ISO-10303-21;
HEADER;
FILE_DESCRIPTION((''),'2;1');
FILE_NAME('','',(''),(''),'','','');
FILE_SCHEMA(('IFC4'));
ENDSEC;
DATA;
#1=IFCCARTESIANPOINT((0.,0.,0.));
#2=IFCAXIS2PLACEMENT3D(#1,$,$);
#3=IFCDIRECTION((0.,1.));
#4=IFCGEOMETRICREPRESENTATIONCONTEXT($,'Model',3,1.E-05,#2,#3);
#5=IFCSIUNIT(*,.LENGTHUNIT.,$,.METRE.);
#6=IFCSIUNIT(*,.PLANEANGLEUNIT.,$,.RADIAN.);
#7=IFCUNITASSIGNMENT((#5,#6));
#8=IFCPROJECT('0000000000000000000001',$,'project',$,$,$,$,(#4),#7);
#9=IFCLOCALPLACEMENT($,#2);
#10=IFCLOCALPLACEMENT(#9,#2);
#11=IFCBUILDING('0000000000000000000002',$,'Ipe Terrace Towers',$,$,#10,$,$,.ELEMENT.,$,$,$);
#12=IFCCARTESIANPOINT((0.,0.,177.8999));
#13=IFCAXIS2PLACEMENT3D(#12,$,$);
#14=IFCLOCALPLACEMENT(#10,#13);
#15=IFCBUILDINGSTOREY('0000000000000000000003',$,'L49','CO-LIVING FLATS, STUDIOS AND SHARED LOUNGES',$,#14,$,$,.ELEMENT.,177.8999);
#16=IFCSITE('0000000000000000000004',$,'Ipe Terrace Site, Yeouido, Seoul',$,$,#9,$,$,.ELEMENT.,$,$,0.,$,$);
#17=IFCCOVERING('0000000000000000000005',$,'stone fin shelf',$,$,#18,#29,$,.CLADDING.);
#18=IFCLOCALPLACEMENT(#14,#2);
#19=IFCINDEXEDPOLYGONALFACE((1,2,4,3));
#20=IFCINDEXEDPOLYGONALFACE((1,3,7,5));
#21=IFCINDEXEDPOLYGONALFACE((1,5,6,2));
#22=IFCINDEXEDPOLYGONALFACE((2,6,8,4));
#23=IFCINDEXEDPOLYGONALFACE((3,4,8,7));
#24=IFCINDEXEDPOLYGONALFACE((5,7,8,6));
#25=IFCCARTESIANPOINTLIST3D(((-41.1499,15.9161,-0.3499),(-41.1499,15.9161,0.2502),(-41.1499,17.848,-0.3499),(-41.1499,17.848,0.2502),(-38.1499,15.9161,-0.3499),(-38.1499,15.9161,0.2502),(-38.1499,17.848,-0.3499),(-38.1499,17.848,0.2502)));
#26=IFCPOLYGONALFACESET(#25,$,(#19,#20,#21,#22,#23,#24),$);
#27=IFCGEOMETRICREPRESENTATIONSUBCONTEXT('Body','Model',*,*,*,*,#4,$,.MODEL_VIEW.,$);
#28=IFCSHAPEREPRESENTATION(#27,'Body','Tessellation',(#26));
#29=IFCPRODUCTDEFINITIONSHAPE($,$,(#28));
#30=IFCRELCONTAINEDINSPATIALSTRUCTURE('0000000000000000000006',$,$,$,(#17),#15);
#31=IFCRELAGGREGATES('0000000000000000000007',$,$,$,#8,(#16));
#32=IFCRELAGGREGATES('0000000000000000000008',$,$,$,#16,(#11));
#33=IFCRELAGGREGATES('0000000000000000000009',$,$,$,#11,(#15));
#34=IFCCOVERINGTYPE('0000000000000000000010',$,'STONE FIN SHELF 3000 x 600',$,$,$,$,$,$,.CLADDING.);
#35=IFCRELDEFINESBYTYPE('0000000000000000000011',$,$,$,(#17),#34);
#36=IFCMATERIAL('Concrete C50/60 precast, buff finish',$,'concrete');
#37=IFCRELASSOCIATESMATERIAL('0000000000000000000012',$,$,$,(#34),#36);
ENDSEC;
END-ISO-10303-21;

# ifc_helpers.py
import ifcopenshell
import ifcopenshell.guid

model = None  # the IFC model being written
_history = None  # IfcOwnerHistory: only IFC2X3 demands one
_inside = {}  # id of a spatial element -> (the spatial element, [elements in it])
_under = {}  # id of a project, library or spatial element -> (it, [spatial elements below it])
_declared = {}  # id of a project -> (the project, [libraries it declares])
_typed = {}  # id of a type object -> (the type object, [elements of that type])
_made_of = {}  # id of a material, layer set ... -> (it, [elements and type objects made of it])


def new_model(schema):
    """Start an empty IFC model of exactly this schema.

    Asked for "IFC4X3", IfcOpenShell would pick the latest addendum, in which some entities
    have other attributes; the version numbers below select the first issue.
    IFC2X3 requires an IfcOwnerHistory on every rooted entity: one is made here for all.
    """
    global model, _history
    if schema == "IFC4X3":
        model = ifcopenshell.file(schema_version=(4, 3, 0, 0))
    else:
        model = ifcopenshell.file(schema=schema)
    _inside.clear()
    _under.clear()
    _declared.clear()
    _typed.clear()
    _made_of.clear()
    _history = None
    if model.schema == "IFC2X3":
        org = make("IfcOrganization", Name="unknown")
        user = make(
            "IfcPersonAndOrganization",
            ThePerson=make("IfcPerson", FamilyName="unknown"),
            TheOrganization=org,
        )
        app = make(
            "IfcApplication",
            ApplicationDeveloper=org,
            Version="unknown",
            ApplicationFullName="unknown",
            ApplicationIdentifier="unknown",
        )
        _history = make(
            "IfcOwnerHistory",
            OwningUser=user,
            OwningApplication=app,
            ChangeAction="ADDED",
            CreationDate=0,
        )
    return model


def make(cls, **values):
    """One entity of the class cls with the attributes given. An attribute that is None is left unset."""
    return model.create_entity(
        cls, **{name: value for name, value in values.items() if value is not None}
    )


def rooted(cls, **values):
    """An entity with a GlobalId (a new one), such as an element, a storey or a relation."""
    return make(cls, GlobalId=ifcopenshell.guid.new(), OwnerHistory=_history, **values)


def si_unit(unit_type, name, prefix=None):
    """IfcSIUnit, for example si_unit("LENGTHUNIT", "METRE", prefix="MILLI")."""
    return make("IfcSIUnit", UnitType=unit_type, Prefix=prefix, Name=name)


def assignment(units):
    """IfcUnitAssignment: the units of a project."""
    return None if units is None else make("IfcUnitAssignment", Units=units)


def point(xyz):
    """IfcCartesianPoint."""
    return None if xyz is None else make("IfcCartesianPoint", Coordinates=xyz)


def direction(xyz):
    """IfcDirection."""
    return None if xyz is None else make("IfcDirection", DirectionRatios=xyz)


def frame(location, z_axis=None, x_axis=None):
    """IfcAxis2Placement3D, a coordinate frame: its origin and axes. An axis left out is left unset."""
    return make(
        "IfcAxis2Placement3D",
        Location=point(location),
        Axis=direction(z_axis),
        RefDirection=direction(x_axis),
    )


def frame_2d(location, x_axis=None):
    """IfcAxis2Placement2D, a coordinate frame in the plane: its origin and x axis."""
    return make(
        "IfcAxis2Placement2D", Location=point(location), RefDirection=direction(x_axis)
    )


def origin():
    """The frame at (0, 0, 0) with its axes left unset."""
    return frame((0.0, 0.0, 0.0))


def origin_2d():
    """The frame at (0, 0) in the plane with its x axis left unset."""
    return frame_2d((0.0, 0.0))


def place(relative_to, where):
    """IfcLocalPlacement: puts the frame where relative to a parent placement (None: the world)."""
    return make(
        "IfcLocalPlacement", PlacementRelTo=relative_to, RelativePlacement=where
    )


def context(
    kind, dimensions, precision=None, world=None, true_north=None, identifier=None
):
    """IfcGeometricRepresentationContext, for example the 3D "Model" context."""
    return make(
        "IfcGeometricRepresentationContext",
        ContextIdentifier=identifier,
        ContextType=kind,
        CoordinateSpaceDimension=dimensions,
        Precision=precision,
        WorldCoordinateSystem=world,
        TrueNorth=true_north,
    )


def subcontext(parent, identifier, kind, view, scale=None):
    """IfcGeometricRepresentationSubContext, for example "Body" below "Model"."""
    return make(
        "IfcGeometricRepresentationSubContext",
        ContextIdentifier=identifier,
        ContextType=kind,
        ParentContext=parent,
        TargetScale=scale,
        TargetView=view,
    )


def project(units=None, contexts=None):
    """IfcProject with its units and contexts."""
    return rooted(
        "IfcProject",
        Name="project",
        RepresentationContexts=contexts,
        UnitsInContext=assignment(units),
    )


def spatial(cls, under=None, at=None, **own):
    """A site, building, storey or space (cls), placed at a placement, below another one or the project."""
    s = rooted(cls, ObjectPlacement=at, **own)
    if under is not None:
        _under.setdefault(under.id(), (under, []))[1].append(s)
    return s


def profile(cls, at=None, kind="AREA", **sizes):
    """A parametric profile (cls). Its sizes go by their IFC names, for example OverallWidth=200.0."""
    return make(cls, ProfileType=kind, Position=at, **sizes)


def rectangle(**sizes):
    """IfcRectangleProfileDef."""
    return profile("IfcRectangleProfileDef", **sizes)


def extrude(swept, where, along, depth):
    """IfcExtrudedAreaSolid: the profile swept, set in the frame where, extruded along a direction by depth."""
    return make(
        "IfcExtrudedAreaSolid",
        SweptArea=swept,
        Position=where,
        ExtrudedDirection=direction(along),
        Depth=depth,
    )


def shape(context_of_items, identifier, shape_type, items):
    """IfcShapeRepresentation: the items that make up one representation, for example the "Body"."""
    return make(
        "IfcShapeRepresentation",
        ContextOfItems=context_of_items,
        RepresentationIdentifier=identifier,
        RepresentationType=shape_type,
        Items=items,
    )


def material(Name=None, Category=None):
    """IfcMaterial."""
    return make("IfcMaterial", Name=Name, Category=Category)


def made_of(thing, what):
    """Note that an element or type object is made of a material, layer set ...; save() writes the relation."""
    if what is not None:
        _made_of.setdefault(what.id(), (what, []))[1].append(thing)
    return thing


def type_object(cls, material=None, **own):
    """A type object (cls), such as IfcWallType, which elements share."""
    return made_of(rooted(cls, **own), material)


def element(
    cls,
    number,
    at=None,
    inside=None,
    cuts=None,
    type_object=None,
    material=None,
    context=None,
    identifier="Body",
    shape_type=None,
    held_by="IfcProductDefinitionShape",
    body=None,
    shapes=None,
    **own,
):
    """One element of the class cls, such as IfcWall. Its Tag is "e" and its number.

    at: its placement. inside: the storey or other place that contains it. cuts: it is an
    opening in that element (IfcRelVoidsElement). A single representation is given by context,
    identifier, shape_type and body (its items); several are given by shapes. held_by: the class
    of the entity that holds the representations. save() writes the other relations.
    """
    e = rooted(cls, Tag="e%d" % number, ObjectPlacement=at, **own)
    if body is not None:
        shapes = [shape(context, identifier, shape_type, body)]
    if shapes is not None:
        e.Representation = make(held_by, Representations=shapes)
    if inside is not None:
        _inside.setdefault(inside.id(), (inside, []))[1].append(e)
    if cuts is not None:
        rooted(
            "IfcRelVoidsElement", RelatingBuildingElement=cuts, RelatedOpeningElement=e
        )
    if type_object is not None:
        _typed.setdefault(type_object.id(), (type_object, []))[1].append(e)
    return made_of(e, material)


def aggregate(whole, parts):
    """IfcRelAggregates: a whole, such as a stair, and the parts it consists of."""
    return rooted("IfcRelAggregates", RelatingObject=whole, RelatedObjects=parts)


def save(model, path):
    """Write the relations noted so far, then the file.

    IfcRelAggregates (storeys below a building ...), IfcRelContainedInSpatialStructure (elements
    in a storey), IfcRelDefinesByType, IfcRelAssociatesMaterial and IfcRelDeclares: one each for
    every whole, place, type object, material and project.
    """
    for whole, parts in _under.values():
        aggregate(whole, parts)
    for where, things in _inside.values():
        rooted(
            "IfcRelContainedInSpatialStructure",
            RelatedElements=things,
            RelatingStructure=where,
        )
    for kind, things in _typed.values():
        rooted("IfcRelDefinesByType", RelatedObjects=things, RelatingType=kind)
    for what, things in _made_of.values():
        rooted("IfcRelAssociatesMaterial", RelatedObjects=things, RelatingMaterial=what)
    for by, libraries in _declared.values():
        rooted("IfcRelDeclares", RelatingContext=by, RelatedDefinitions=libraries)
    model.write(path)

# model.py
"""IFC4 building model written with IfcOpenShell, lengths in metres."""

from ifc_helpers import new_model, si_unit, direction, frame, origin, origin_2d, place, context, subcontext, project, spatial, rectangle, extrude, material, type_object, element, save


model = new_model("IFC4")

# Units and contexts
model_context = context("Model", 3, precision=1e-05, world=origin(), true_north=direction((0.0, 1.0)))
body_context = subcontext(model_context, "Body", "Model", "MODEL_VIEW")
ifc_project = project(units=[si_unit("LENGTHUNIT", "METRE"), si_unit("PLANEANGLEUNIT", "RADIAN")], contexts=[model_context])

# Site, building, storey
site_placement = place(None, origin())
site = spatial("IfcSite", under=ifc_project, at=site_placement, Name="Ipe Terrace Site, Yeouido, Seoul", CompositionType="ELEMENT", RefElevation=0.0)
building_placement = place(site_placement, origin())
building = spatial("IfcBuilding", under=site, at=building_placement, Name="Ipe Terrace Towers", CompositionType="ELEMENT")
storey_placement = place(building_placement, frame((0.0, 0.0, 177.8999)))
storey = spatial("IfcBuildingStorey", under=building, at=storey_placement, Name="L49", Description="CO-LIVING FLATS, STUDIOS AND SHARED LOUNGES", CompositionType="ELEMENT", Elevation=177.8999)

# Covering
ifc_material_1 = material(Name="Concrete C50/60 precast, buff finish", Category="concrete")
covering_type_1 = type_object("IfcCoveringType", Name="STONE FIN SHELF 3000 x 600", PredefinedType="CLADDING", material=ifc_material_1)
for number, where, z_axis, x_axis, name in (
    (1, (-39.6499, 16.8821, -0.3499), (0.0, 0.0, 1.0), (-1.0, 0.0, 0.0), "stone fin shelf"),
):
    element("IfcCovering", number, at=place(storey_placement, frame(where, z_axis=z_axis, x_axis=x_axis)), inside=storey, type_object=covering_type_1, Name=name, PredefinedType="CLADDING", context=body_context, shape_type="SweptSolid", body=[
        extrude(rectangle(XDim=3.0, YDim=1.9319, at=origin_2d()), origin(), (0.0, 0.0, 1.0), 0.6001),
    ])

save(model, "model.ifc")
